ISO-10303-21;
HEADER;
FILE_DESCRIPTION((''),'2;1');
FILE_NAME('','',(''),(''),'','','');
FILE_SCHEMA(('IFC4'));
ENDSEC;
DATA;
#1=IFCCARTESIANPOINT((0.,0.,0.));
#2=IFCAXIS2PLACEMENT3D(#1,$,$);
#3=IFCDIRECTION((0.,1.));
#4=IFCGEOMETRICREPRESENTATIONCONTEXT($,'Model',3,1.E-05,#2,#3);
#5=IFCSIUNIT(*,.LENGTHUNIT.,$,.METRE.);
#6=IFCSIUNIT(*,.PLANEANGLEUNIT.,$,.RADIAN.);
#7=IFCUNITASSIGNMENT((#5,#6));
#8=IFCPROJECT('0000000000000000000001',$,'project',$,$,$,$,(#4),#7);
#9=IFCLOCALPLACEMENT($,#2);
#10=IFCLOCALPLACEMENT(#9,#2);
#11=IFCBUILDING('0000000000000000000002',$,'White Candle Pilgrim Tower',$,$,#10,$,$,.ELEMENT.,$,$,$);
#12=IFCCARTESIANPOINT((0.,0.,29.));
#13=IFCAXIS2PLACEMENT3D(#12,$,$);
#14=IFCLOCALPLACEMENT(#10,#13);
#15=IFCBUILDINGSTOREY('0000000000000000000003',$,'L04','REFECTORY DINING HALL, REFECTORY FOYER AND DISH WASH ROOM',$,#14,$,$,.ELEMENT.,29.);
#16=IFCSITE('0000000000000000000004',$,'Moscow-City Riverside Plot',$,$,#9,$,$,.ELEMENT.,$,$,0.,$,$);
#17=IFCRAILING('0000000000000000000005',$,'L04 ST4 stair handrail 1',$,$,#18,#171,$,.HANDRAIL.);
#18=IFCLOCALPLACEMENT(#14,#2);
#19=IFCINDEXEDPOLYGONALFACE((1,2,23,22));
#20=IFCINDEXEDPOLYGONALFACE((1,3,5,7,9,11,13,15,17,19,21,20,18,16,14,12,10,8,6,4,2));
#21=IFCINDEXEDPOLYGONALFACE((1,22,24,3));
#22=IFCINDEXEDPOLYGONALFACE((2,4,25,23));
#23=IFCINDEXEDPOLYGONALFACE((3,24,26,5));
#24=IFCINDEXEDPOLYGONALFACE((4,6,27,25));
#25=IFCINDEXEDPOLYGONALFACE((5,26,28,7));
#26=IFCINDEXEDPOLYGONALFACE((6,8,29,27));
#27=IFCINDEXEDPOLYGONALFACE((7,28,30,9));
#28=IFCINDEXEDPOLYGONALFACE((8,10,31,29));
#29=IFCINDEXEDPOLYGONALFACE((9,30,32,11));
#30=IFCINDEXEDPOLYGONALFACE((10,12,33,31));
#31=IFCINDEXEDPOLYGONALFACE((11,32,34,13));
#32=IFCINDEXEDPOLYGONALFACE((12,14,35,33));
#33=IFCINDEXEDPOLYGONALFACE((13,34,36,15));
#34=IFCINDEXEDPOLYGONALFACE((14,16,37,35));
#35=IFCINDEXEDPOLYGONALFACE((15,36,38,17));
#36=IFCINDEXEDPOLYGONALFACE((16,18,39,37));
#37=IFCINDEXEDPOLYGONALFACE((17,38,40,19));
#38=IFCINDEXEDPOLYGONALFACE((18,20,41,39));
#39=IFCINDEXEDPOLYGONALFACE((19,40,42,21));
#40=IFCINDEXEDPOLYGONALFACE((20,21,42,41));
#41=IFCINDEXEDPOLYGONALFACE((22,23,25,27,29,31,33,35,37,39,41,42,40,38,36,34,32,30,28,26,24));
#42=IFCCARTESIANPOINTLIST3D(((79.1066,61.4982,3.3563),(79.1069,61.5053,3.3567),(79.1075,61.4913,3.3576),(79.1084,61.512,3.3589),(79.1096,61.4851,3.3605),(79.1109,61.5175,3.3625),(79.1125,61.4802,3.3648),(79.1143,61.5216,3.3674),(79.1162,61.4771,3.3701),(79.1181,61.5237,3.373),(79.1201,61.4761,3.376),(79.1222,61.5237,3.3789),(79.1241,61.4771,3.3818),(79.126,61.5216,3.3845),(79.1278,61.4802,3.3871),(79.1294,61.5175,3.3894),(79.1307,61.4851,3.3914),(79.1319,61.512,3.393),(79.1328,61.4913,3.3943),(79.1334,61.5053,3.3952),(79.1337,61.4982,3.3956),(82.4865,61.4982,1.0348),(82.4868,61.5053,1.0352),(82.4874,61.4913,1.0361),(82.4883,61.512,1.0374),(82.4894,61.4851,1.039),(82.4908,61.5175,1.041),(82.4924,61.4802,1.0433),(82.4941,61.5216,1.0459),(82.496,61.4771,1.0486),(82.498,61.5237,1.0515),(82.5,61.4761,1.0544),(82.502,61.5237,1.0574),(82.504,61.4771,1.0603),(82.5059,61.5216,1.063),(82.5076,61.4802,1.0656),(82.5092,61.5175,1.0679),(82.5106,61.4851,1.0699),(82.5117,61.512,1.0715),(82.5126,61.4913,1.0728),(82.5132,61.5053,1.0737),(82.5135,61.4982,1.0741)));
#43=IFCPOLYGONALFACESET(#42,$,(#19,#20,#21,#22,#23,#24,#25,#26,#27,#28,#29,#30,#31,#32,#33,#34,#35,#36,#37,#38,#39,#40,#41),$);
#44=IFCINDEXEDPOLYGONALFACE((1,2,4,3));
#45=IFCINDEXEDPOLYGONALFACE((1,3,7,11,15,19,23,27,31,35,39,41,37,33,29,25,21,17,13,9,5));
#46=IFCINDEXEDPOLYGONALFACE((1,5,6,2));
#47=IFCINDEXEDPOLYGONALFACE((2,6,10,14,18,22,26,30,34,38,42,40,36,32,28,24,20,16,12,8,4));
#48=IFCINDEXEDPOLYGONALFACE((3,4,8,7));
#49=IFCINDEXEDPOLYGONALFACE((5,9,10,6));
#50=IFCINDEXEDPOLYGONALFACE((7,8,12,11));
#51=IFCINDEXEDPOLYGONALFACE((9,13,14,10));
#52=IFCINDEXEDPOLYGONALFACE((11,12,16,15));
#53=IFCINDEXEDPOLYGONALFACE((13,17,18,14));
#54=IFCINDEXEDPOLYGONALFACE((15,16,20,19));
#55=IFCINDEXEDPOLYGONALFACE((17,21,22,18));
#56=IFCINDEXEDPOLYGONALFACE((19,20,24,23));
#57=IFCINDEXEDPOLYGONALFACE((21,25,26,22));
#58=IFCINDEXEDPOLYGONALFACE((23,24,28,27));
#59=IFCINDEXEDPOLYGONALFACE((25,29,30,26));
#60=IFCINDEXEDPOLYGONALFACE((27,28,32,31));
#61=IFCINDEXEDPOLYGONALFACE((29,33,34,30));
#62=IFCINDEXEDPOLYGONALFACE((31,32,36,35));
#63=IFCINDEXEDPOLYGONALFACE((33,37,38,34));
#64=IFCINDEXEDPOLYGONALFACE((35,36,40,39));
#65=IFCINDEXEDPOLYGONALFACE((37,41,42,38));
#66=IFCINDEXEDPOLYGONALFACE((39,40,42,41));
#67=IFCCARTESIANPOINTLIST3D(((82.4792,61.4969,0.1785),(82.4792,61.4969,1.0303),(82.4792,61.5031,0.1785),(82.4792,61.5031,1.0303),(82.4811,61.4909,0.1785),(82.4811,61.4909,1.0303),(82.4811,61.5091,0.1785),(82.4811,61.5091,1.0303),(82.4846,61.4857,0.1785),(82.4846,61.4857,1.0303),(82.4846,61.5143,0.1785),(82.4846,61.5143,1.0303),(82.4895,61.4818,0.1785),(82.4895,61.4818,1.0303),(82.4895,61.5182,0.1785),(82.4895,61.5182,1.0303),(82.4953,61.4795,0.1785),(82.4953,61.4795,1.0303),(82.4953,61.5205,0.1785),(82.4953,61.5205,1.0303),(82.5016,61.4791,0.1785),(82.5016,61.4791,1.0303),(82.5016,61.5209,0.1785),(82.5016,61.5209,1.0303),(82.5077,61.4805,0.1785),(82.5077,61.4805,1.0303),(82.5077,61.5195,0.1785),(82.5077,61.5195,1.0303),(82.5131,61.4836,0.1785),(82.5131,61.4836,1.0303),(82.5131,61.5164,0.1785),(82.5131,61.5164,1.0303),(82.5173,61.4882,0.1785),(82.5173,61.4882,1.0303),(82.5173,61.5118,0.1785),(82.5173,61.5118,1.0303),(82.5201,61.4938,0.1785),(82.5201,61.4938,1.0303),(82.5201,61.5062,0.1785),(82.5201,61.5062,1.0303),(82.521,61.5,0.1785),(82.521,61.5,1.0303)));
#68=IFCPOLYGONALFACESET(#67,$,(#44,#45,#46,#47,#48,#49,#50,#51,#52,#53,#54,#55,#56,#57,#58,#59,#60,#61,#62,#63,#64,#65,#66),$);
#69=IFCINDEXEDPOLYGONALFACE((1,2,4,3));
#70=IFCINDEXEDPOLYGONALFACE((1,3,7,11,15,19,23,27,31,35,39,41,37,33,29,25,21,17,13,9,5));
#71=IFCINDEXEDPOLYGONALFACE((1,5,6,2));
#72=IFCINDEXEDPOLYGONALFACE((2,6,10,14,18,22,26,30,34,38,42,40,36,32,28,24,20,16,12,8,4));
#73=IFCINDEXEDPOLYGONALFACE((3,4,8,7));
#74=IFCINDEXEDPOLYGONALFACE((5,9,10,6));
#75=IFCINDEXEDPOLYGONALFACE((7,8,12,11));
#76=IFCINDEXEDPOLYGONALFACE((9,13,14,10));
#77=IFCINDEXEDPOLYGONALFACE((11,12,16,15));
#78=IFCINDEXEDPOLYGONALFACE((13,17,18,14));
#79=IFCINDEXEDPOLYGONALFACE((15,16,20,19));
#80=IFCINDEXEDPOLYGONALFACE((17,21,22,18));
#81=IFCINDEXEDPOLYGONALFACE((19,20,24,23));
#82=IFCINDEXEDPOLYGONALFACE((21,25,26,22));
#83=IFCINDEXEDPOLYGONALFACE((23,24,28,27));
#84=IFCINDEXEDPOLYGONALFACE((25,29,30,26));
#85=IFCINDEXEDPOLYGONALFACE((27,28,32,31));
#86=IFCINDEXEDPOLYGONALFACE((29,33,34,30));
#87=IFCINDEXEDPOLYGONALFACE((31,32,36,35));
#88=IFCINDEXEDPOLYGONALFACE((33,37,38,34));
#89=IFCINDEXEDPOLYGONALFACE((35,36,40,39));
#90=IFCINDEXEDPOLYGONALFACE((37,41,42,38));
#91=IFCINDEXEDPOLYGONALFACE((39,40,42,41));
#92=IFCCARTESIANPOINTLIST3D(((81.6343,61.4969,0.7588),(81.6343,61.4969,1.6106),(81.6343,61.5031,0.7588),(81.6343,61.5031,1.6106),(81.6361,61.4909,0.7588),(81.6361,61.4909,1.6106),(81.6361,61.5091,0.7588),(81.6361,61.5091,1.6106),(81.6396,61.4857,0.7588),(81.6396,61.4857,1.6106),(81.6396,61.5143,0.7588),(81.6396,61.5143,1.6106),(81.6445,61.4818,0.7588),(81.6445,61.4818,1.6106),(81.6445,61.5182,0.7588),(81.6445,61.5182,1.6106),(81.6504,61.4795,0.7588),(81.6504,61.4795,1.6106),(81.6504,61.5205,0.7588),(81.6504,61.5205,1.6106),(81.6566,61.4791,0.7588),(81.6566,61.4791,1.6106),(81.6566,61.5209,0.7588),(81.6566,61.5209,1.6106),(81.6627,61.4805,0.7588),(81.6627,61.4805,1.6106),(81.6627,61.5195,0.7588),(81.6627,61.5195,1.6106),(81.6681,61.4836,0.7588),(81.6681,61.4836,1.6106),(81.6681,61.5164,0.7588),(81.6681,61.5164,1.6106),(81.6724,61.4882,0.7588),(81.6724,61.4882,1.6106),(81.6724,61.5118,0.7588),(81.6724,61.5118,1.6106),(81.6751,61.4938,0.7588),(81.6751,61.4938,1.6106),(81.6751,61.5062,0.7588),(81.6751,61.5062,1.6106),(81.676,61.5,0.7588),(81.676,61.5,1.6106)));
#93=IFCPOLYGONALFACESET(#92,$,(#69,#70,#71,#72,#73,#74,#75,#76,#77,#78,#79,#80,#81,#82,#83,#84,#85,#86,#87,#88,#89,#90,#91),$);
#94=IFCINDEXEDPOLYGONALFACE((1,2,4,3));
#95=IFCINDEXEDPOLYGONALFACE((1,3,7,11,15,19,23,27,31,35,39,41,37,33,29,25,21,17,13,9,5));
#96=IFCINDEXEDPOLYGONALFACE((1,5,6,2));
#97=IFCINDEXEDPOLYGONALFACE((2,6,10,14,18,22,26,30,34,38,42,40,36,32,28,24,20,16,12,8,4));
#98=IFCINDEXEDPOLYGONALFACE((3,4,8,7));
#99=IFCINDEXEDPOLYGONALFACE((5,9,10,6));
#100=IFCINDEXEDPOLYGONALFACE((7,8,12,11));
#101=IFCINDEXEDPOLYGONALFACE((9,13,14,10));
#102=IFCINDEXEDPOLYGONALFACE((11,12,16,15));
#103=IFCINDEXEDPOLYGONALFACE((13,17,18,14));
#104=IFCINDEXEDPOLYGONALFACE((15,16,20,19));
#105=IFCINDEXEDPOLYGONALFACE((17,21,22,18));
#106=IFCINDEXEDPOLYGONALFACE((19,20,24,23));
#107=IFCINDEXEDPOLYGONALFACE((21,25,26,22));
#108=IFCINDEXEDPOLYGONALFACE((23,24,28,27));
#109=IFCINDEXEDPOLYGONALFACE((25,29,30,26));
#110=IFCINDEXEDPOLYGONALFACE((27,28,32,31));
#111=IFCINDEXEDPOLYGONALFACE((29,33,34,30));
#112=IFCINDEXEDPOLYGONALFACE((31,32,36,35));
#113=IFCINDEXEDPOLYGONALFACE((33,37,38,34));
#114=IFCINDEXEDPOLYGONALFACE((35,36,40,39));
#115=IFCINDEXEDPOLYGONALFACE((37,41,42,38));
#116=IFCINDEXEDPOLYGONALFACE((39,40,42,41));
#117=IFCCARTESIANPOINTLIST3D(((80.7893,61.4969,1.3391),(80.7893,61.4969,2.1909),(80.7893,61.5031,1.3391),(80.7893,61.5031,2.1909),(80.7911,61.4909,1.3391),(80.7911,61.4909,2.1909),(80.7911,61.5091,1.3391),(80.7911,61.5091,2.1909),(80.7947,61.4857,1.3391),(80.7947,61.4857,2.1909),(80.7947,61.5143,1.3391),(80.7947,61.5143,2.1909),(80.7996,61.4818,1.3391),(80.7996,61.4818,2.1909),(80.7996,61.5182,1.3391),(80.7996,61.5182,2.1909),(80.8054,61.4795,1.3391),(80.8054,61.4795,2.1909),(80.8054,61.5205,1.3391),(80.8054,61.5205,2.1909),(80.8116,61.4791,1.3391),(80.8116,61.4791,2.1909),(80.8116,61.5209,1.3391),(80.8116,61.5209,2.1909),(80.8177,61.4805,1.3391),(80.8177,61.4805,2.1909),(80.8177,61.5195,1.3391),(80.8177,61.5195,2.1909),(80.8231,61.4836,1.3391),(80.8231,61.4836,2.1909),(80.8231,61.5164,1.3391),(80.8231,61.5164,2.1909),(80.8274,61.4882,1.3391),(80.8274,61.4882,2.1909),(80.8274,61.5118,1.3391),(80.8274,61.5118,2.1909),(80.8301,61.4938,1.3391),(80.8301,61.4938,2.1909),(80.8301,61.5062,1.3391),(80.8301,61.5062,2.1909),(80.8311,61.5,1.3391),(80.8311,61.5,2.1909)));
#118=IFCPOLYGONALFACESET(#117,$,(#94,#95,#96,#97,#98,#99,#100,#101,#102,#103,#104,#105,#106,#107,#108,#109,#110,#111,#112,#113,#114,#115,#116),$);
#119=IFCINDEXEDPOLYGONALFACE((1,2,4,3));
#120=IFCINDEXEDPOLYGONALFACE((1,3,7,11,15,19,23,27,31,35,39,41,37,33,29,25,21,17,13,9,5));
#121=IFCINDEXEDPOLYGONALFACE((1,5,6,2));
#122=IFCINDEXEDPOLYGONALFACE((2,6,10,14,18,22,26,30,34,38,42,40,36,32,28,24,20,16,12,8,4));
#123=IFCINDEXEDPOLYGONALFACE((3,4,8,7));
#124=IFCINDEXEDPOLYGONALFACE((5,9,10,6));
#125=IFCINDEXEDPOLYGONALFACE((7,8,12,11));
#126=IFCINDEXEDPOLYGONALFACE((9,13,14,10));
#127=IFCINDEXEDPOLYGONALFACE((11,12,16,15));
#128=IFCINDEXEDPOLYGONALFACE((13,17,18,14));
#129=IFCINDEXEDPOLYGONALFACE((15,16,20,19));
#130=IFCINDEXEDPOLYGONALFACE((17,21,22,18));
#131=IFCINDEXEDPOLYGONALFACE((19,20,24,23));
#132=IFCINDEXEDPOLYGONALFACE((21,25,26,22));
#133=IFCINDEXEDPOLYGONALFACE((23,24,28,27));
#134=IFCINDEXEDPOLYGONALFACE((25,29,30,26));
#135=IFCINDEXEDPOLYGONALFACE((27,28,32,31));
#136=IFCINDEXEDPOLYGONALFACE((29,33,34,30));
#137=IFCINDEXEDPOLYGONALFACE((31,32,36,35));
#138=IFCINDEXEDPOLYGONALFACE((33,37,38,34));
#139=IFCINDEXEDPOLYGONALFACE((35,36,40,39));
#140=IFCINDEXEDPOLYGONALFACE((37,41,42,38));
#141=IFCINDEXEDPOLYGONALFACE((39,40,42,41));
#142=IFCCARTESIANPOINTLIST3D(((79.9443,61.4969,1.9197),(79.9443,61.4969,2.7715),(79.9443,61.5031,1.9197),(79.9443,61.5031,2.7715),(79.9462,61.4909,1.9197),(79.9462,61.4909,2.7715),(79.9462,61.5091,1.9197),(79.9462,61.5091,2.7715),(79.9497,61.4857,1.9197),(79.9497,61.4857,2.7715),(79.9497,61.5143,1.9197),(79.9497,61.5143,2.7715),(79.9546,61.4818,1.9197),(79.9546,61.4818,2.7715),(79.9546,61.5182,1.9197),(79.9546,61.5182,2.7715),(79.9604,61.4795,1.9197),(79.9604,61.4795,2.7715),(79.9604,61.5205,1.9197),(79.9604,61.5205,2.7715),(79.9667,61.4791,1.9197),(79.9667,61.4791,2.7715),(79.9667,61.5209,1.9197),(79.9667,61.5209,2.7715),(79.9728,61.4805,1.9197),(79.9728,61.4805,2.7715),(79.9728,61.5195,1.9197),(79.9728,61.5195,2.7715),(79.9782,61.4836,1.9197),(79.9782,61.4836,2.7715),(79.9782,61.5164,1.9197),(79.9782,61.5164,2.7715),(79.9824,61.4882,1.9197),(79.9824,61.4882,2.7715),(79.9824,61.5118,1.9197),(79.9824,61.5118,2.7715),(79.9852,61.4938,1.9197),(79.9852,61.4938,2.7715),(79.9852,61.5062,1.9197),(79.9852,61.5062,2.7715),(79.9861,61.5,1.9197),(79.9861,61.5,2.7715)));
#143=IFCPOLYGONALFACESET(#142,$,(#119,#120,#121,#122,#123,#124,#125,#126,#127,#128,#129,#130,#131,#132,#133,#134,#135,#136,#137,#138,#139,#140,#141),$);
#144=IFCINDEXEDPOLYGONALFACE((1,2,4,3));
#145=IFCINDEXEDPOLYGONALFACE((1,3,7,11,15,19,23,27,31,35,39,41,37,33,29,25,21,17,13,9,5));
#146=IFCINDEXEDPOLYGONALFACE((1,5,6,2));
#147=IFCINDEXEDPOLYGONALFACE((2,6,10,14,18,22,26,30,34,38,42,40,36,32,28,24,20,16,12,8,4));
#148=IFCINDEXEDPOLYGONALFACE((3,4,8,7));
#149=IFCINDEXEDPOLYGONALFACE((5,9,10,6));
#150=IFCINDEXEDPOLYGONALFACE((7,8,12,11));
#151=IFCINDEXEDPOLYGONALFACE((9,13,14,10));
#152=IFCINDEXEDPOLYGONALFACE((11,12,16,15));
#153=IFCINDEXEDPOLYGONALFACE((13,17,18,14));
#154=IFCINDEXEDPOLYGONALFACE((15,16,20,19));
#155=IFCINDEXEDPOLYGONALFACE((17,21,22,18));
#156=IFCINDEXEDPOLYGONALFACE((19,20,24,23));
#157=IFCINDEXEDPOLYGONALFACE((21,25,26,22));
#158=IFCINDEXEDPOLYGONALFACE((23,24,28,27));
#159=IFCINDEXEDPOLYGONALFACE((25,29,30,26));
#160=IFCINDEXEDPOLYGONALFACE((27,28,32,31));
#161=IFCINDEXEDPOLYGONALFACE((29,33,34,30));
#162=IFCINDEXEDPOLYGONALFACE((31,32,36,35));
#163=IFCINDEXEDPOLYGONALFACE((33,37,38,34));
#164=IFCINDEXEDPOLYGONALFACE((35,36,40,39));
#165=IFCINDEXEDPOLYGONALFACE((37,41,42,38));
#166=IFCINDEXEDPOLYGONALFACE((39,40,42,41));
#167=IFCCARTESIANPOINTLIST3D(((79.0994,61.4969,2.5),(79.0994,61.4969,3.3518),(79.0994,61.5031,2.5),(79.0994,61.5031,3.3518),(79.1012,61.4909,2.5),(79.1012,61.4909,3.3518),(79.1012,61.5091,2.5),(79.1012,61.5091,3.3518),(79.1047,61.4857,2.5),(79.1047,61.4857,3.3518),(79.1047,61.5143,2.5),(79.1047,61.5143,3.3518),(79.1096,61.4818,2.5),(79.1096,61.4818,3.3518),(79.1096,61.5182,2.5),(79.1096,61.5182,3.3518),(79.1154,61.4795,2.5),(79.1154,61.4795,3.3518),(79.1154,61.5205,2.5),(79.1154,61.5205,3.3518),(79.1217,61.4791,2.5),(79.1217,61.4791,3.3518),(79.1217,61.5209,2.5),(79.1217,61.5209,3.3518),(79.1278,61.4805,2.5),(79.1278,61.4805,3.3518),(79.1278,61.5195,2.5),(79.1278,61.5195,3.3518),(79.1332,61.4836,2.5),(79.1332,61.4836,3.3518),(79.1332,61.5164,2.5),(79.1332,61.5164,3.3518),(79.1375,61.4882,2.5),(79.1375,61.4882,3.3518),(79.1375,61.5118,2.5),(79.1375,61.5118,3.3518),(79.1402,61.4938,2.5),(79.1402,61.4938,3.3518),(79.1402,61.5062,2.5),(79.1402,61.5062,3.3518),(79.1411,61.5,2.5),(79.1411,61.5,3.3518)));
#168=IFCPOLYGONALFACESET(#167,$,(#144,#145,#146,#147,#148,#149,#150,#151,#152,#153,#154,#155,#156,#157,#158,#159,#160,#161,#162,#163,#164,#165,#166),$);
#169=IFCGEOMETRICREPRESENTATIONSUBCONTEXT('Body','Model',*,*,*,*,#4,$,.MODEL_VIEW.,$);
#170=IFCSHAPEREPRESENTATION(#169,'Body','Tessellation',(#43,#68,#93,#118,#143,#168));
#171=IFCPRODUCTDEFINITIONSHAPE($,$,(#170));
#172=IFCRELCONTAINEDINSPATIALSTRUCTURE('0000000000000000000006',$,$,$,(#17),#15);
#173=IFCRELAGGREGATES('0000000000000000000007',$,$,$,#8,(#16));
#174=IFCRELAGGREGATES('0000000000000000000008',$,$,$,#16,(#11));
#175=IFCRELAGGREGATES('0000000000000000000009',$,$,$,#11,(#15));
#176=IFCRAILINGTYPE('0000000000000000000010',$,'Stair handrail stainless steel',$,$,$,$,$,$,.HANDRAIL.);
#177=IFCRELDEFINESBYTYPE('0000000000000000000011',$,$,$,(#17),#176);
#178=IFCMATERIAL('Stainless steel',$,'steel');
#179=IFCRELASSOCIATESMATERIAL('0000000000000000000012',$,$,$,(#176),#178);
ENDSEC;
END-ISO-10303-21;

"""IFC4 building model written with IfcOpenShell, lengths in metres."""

from ifc_helpers import new_model, si_unit, direction, frame, origin, origin_2d, place, context, subcontext, project, spatial, circle, extrude, material, type_object, element, save


model = new_model("IFC4")

# Units and contexts
model_context = context("Model", 3, precision=1e-05, world=origin(), true_north=direction((0.0, 1.0)))
body_context = subcontext(model_context, "Body", "Model", "MODEL_VIEW")
ifc_project = project(units=[si_unit("LENGTHUNIT", "METRE"), si_unit("PLANEANGLEUNIT", "RADIAN")], contexts=[model_context])

# Site, building, storey
site_placement = place(None, origin())
site = spatial("IfcSite", under=ifc_project, at=site_placement, Name="Moscow-City Riverside Plot", CompositionType="ELEMENT", RefElevation=0.0)
building_placement = place(site_placement, origin())
building = spatial("IfcBuilding", under=site, at=building_placement, Name="White Candle Pilgrim Tower", CompositionType="ELEMENT")
storey_placement = place(building_placement, frame((0.0, 0.0, 29.0)))
storey = spatial("IfcBuildingStorey", under=building, at=storey_placement, Name="L04", Description="REFECTORY DINING HALL, REFECTORY FOYER AND DISH WASH ROOM", CompositionType="ELEMENT", Elevation=29.0)

# Railing
ifc_material_1 = material(Name="Stainless steel", Category="steel")
railing_type_1 = type_object("IfcRailingType", Name="Stair handrail stainless steel", PredefinedType="HANDRAIL", material=ifc_material_1)
railing_1_placement = place(storey_placement, frame((82.5, 61.5, 0.1785)))
element("IfcRailing", 1, at=railing_1_placement, inside=storey, type_object=railing_type_1, Name="L04 ST4 stair handrail 1", PredefinedType="HANDRAIL", context=body_context, shape_type="SweptSolid", body=[
    extrude(circle(Radius=0.0239, at=origin_2d()), frame((0.0, 0.0, 0.876), z_axis=(-0.824285, 0.0, 0.566175), x_axis=(0.0, -1.0, 0.0)), (0.0, 0.0, 1.0), 4.1003),
    extrude(circle(Radius=0.021, at=origin_2d()), origin(), (0.0, 0.0, 1.0), 0.8518),
    extrude(circle(Radius=0.021, at=origin_2d()), frame((-0.845, 0.0, 0.5803)), (0.0, 0.0, 1.0), 0.8518),
    extrude(circle(Radius=0.021, at=origin_2d()), frame((-1.6899, 0.0, 1.1606)), (0.0, 0.0, 1.0), 0.8518),
    extrude(circle(Radius=0.021, at=origin_2d()), frame((-2.5349, 0.0, 1.7412)), (0.0, 0.0, 1.0), 0.8518),
    extrude(circle(Radius=0.021, at=origin_2d()), frame((-3.3799, 0.0, 2.3215)), (0.0, 0.0, 1.0), 0.8518),
])

save(model, "model.ifc")
